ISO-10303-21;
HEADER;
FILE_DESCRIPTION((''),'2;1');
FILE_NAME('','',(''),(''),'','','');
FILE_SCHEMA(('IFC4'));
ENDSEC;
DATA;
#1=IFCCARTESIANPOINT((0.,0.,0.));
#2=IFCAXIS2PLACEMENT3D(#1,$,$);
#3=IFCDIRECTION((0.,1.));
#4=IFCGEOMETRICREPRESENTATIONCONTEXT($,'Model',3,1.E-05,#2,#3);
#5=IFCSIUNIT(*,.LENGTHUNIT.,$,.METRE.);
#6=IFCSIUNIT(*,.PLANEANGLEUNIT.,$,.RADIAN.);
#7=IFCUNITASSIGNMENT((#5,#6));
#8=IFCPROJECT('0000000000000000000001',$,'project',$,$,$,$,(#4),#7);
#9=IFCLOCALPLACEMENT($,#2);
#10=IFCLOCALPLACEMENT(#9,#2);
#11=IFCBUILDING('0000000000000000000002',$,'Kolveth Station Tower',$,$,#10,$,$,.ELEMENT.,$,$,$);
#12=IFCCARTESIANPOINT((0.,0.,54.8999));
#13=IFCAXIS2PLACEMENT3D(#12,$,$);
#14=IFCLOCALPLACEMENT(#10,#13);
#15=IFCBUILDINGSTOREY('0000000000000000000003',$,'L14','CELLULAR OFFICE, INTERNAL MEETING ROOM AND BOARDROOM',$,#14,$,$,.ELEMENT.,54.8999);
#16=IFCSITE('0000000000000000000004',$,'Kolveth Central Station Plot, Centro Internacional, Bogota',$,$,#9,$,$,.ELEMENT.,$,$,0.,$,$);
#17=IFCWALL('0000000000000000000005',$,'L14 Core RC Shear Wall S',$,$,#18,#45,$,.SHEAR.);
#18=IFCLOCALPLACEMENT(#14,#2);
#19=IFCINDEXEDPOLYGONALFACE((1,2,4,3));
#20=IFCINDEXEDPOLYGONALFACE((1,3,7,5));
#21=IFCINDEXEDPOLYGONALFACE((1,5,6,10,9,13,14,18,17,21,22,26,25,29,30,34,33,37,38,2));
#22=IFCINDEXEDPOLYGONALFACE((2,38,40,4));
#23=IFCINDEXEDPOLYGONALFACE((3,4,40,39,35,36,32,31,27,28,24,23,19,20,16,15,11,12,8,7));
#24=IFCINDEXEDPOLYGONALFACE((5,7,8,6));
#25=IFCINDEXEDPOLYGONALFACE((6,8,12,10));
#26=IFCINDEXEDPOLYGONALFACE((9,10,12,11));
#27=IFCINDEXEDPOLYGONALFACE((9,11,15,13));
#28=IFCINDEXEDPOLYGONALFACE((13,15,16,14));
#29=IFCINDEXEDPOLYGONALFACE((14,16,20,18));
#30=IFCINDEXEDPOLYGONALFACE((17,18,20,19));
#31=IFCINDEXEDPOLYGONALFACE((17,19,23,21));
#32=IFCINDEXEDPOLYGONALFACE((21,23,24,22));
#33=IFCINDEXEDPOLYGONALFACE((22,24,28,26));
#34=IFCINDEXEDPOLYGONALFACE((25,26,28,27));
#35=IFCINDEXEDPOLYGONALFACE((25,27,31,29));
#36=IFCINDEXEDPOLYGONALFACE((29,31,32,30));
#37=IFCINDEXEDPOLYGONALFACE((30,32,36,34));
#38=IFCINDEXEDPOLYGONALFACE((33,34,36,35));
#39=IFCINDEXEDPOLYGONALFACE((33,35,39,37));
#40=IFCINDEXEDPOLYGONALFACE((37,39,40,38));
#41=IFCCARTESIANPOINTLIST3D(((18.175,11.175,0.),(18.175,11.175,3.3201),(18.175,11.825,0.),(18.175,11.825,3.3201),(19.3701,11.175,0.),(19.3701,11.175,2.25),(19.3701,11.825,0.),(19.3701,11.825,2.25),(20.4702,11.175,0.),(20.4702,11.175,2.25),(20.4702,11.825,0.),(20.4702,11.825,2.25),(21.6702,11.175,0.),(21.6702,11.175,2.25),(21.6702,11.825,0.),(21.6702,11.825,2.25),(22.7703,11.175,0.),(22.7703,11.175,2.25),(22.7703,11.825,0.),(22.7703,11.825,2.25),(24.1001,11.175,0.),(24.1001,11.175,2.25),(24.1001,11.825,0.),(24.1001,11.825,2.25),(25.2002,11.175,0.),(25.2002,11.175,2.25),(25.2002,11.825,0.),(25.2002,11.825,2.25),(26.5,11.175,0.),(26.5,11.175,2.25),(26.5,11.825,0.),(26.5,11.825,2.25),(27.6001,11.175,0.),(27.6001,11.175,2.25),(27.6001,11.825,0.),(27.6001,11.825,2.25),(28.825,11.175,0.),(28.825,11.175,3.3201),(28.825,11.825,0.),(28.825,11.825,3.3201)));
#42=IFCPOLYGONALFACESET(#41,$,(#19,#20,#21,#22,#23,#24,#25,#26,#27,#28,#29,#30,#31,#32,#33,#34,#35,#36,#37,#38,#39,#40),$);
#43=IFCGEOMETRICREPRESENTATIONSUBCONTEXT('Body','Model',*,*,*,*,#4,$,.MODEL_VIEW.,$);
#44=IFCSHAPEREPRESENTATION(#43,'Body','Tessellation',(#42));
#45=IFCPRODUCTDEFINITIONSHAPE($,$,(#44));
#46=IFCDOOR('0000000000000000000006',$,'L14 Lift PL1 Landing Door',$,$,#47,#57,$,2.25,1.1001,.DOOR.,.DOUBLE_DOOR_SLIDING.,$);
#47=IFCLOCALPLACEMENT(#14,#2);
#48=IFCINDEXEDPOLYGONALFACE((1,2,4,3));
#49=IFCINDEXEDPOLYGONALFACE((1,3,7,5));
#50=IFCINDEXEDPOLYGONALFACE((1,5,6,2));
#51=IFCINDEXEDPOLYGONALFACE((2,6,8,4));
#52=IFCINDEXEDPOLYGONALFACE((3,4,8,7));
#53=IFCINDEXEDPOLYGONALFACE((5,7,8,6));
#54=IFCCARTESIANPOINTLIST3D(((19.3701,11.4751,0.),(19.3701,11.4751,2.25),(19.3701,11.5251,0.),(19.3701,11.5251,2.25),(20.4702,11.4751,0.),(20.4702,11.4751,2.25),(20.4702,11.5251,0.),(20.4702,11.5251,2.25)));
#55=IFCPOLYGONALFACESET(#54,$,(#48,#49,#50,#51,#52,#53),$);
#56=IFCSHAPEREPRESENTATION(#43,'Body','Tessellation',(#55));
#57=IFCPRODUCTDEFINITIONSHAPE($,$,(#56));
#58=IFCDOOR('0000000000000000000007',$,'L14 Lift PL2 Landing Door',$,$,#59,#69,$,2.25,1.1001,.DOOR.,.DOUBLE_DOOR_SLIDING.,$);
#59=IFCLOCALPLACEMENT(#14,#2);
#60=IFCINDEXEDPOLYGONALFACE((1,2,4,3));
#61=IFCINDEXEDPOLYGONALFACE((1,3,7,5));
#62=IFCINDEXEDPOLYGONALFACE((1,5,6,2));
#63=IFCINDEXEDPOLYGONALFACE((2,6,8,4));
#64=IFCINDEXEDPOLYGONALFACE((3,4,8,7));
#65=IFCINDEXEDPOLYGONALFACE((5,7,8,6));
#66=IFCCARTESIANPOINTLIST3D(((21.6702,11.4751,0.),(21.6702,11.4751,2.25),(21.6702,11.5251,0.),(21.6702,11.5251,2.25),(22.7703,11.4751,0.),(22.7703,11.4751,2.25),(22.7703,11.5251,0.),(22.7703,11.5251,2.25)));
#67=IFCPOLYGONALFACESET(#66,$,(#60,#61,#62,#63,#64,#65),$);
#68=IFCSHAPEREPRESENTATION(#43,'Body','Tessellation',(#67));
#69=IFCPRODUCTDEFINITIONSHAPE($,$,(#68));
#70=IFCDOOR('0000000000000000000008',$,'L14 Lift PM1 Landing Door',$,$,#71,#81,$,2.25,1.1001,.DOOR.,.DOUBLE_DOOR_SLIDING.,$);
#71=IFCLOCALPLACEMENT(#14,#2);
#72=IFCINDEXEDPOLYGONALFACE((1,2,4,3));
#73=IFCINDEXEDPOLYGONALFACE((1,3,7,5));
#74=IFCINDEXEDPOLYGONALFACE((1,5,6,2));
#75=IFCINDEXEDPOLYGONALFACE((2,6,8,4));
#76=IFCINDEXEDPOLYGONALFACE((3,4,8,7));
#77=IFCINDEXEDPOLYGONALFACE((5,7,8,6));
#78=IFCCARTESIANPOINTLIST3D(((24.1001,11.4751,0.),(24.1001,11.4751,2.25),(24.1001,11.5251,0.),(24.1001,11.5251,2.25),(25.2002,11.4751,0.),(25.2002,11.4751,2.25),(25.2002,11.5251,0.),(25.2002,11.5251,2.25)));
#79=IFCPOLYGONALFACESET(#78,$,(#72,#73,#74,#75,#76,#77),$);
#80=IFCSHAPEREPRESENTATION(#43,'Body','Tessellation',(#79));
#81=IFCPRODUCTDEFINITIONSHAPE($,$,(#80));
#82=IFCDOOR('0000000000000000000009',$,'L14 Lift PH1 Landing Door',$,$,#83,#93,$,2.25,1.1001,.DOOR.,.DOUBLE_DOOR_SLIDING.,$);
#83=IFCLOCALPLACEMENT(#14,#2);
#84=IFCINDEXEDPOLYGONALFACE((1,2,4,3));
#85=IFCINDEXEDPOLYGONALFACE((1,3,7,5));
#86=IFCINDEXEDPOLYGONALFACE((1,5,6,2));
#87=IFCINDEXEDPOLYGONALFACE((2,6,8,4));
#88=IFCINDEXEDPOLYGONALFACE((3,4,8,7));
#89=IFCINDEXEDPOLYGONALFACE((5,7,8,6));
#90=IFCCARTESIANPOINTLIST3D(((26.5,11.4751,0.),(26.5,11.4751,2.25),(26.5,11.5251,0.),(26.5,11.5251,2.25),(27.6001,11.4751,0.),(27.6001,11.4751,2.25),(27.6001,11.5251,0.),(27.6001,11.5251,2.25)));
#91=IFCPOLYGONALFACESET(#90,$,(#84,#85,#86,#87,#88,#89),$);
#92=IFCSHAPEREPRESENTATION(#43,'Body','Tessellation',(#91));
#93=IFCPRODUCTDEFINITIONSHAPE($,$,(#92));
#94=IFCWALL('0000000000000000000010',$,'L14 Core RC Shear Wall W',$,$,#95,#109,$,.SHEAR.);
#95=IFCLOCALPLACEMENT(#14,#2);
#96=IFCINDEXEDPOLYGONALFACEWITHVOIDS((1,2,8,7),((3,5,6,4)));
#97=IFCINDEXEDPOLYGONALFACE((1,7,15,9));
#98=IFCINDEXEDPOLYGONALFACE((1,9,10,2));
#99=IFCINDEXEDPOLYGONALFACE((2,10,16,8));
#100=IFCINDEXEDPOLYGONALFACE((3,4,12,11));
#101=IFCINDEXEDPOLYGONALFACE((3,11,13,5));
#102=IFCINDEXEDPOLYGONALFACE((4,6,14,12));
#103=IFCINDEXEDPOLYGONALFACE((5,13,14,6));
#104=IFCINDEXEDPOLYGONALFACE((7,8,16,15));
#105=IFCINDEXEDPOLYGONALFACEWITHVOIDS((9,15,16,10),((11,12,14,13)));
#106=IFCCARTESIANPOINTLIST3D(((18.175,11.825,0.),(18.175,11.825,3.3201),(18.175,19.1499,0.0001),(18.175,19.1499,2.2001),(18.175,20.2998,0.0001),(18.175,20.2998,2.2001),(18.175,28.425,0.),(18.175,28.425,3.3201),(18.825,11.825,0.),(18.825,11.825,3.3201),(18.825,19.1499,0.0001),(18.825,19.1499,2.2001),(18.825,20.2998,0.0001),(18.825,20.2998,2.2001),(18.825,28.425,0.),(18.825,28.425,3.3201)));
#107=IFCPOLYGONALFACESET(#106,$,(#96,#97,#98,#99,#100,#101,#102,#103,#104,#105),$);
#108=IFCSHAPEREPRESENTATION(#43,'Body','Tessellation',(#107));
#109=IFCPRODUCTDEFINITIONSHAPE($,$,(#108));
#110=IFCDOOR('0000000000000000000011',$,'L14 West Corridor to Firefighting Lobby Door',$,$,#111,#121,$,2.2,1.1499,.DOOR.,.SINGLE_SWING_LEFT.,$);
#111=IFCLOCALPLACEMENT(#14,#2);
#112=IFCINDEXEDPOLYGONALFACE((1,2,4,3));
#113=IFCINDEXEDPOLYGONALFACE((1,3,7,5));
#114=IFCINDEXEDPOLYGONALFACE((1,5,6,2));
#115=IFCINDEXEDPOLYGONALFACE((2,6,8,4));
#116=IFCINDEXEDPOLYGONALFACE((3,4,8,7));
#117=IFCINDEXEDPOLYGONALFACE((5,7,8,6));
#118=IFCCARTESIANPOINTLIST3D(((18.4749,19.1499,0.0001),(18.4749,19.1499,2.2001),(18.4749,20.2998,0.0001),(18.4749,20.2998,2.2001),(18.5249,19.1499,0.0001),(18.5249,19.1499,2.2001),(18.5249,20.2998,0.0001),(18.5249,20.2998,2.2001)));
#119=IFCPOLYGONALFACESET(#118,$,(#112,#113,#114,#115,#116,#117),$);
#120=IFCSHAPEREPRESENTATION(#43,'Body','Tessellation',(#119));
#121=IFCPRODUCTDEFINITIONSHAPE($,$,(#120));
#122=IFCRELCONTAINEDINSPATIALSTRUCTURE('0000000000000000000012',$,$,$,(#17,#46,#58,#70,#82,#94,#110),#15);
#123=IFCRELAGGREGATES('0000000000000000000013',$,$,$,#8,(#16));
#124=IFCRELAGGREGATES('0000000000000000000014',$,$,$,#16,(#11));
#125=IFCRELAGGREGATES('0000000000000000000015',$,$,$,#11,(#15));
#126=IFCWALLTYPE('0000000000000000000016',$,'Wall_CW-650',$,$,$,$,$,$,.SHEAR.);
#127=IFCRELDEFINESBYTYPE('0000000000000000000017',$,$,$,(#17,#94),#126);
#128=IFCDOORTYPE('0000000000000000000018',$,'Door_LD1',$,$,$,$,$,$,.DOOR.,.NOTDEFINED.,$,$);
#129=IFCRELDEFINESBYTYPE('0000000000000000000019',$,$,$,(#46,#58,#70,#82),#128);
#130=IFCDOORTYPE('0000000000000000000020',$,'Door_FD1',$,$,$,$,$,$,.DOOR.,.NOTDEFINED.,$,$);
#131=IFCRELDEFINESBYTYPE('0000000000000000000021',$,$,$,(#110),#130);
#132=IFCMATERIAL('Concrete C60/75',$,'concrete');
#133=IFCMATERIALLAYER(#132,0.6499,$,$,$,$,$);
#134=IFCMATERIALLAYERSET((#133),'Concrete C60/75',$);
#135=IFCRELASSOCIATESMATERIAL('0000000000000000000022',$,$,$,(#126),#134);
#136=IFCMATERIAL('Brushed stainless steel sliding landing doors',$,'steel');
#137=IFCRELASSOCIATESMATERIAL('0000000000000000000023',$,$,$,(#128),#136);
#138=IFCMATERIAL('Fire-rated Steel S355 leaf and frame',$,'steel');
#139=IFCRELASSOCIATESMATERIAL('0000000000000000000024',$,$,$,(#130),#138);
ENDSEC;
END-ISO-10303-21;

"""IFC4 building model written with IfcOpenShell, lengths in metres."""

from ifc_helpers import new_model, si_unit, direction, frame, frame_2d, origin, place, context, subcontext, project, spatial, rectangle, extrude, material, layer, layer_set, type_object, element, fill, save


model = new_model("IFC4")

# Units and contexts
model_context = context("Model", 3, precision=1e-05, world=origin(), true_north=direction((0.0, 1.0)))
body_context = subcontext(model_context, "Body", "Model", "MODEL_VIEW")
ifc_project = project(units=[si_unit("LENGTHUNIT", "METRE"), si_unit("PLANEANGLEUNIT", "RADIAN")], contexts=[model_context])

# Site, building, storey
site_placement = place(None, origin())
site = spatial("IfcSite", under=ifc_project, at=site_placement, Name="Kolveth Central Station Plot, Centro Internacional, Bogota", CompositionType="ELEMENT", RefElevation=0.0)
building_placement = place(site_placement, origin())
building = spatial("IfcBuilding", under=site, at=building_placement, Name="Kolveth Station Tower", CompositionType="ELEMENT")
storey_placement = place(building_placement, frame((0.0, 0.0, 54.8999)))
storey = spatial("IfcBuildingStorey", under=building, at=storey_placement, Name="L14", Description="CELLULAR OFFICE, INTERNAL MEETING ROOM AND BOARDROOM", CompositionType="ELEMENT", Elevation=54.8999)

# Wall, openings, doors
ifc_material_1 = material(Name="Concrete C60/75", Category="concrete")
ifc_layer_1 = layer(ifc_material_1, 0.6499)
ifc_layer_set_1 = layer_set([ifc_layer_1], Name="Concrete C60/75")
wall_type_1 = type_object("IfcWallType", Name="Wall_CW-650", PredefinedType="SHEAR", material=ifc_layer_set_1)
wall_1_placement = place(storey_placement, frame((18.175, 11.5, 0.0), z_axis=(0.0, 0.0, 1.0), x_axis=(1.0, 0.0, 0.0)))
wall_1 = element("IfcWall", 1, at=wall_1_placement, inside=storey, type_object=wall_type_1, Name="L14 Core RC Shear Wall S", PredefinedType="SHEAR", context=body_context, shape_type="SweptSolid", body=[
    extrude(rectangle(XDim=10.6499, YDim=0.6499, at=frame_2d((5.325, 0.0))), origin(), (0.0, 0.0, 1.0), 3.3201),
])
opening_1_placement = place(wall_1_placement, frame((1.1951, 0.0, 0.0)))
opening_1 = element("IfcOpeningElement", 2, at=opening_1_placement, cuts=wall_1, PredefinedType="OPENING", context=body_context, shape_type="SweptSolid", body=[
    extrude(rectangle(XDim=1.1001, YDim=2.25, at=frame_2d((0.55, 1.125))), frame((0.0, 0.335, 0.0), z_axis=(0.0, -1.0, 0.0), x_axis=(1.0, 0.0, 0.0)), (0.0, 0.0, 1.0), 0.6699),
])
opening_2_placement = place(wall_1_placement, frame((3.4951, 0.0, 0.0)))
opening_2 = element("IfcOpeningElement", 3, at=opening_2_placement, cuts=wall_1, PredefinedType="OPENING", context=body_context, shape_type="SweptSolid", body=[
    extrude(rectangle(XDim=1.1001, YDim=2.25, at=frame_2d((0.55, 1.125))), frame((0.0, 0.335, 0.0), z_axis=(0.0, -1.0, 0.0), x_axis=(1.0, 0.0, 0.0)), (0.0, 0.0, 1.0), 0.6699),
])
opening_3_placement = place(wall_1_placement, frame((5.925, 0.0, 0.0)))
opening_3 = element("IfcOpeningElement", 4, at=opening_3_placement, cuts=wall_1, PredefinedType="OPENING", context=body_context, shape_type="SweptSolid", body=[
    extrude(rectangle(XDim=1.1001, YDim=2.25, at=frame_2d((0.55, 1.125))), frame((0.0, 0.335, 0.0), z_axis=(0.0, -1.0, 0.0), x_axis=(1.0, 0.0, 0.0)), (0.0, 0.0, 1.0), 0.6699),
])
opening_4_placement = place(wall_1_placement, frame((8.325, 0.0, 0.0)))
opening_4 = element("IfcOpeningElement", 5, at=opening_4_placement, cuts=wall_1, PredefinedType="OPENING", context=body_context, shape_type="SweptSolid", body=[
    extrude(rectangle(XDim=1.1001, YDim=2.25, at=frame_2d((0.55, 1.125))), frame((0.0, 0.335, 0.0), z_axis=(0.0, -1.0, 0.0), x_axis=(1.0, 0.0, 0.0)), (0.0, 0.0, 1.0), 0.6699),
])
ifc_material_2 = material(Name="Brushed stainless steel sliding landing doors", Category="steel")
door_type_1 = type_object("IfcDoorType", Name="Door_LD1", OperationType="NOTDEFINED", PredefinedType="DOOR", material=ifc_material_2)
door_1_placement = place(opening_1_placement, frame((1.1001, 0.0, 0.0), z_axis=(0.0, 0.0, 1.0), x_axis=(-1.0, 0.0, 0.0)))
door_1 = element("IfcDoor", 6, at=door_1_placement, inside=storey, type_object=door_type_1, Name="L14 Lift PL1 Landing Door", OperationType="DOUBLE_DOOR_SLIDING", OverallHeight=2.25, OverallWidth=1.1001, PredefinedType="DOOR", context=body_context, shape_type="SweptSolid", body=[
    extrude(rectangle(XDim=1.1001, YDim=2.25, at=frame_2d((0.55, 1.125))), frame((0.0, 0.0249, 0.0), z_axis=(0.0, -1.0, 0.0), x_axis=(1.0, 0.0, 0.0)), (0.0, 0.0, 1.0), 0.05),
])
fill(opening_1, door_1)
door_2_placement = place(opening_2_placement, frame((1.1001, 0.0, 0.0), z_axis=(0.0, 0.0, 1.0), x_axis=(-1.0, 0.0, 0.0)))
door_2 = element("IfcDoor", 7, at=door_2_placement, inside=storey, type_object=door_type_1, Name="L14 Lift PL2 Landing Door", OperationType="DOUBLE_DOOR_SLIDING", OverallHeight=2.25, OverallWidth=1.1001, PredefinedType="DOOR", context=body_context, shape_type="SweptSolid", body=[
    extrude(rectangle(XDim=1.1001, YDim=2.25, at=frame_2d((0.55, 1.125))), frame((0.0, 0.0249, 0.0), z_axis=(0.0, -1.0, 0.0), x_axis=(1.0, 0.0, 0.0)), (0.0, 0.0, 1.0), 0.05),
])
fill(opening_2, door_2)
door_3_placement = place(opening_3_placement, frame((1.1001, 0.0, 0.0), z_axis=(0.0, 0.0, 1.0), x_axis=(-1.0, 0.0, 0.0)))
door_3 = element("IfcDoor", 8, at=door_3_placement, inside=storey, type_object=door_type_1, Name="L14 Lift PM1 Landing Door", OperationType="DOUBLE_DOOR_SLIDING", OverallHeight=2.25, OverallWidth=1.1001, PredefinedType="DOOR", context=body_context, shape_type="SweptSolid", body=[
    extrude(rectangle(XDim=1.1001, YDim=2.25, at=frame_2d((0.55, 1.125))), frame((0.0, 0.0249, 0.0), z_axis=(0.0, -1.0, 0.0), x_axis=(1.0, 0.0, 0.0)), (0.0, 0.0, 1.0), 0.05),
])
fill(opening_3, door_3)
door_4_placement = place(opening_4_placement, frame((1.1001, 0.0, 0.0), z_axis=(0.0, 0.0, 1.0), x_axis=(-1.0, 0.0, 0.0)))
door_4 = element("IfcDoor", 9, at=door_4_placement, inside=storey, type_object=door_type_1, Name="L14 Lift PH1 Landing Door", OperationType="DOUBLE_DOOR_SLIDING", OverallHeight=2.25, OverallWidth=1.1001, PredefinedType="DOOR", context=body_context, shape_type="SweptSolid", body=[
    extrude(rectangle(XDim=1.1001, YDim=2.25, at=frame_2d((0.55, 1.125))), frame((0.0, 0.0249, 0.0), z_axis=(0.0, -1.0, 0.0), x_axis=(1.0, 0.0, 0.0)), (0.0, 0.0, 1.0), 0.05),
])
fill(opening_4, door_4)

# Wall, opening, door
wall_2_placement = place(storey_placement, frame((18.5, 11.825, 0.0), z_axis=(0.0, 0.0, 1.0), x_axis=(0.0, 1.0, 0.0)))
wall_2 = element("IfcWall", 10, at=wall_2_placement, inside=storey, type_object=wall_type_1, Name="L14 Core RC Shear Wall W", PredefinedType="SHEAR", context=body_context, shape_type="SweptSolid", body=[
    extrude(rectangle(XDim=16.6001, YDim=0.6499, at=frame_2d((8.3, 0.0))), origin(), (0.0, 0.0, 1.0), 3.3201),
])
opening_5_placement = place(wall_2_placement, frame((7.325, 0.0, 0.0)))
opening_5 = element("IfcOpeningElement", 11, at=opening_5_placement, cuts=wall_2, PredefinedType="OPENING", context=body_context, shape_type="SweptSolid", body=[
    extrude(rectangle(XDim=1.1499, YDim=2.2, at=frame_2d((0.575, 1.1001))), frame((0.0, 0.335, 0.0), z_axis=(0.0, -1.0, 0.0), x_axis=(1.0, 0.0, 0.0)), (0.0, 0.0, 1.0), 0.6699),
])
ifc_material_3 = material(Name="Fire-rated Steel S355 leaf and frame", Category="steel")
door_type_2 = type_object("IfcDoorType", Name="Door_FD1", OperationType="NOTDEFINED", PredefinedType="DOOR", material=ifc_material_3)
door_5_placement = place(opening_5_placement, frame((1.1499, 0.0, 0.0), z_axis=(0.0, 0.0, 1.0), x_axis=(-1.0, 0.0, 0.0)))
door_5 = element("IfcDoor", 12, at=door_5_placement, inside=storey, type_object=door_type_2, Name="L14 West Corridor to Firefighting Lobby Door", OperationType="SINGLE_SWING_LEFT", OverallHeight=2.2, OverallWidth=1.1499, PredefinedType="DOOR", context=body_context, shape_type="SweptSolid", body=[
    extrude(rectangle(XDim=1.1499, YDim=2.2, at=frame_2d((0.575, 1.1001))), frame((0.0, 0.0249, 0.0), z_axis=(0.0, -1.0, 0.0), x_axis=(1.0, 0.0, 0.0)), (0.0, 0.0, 1.0), 0.05),
])
fill(opening_5, door_5)

save(model, "model.ifc")
